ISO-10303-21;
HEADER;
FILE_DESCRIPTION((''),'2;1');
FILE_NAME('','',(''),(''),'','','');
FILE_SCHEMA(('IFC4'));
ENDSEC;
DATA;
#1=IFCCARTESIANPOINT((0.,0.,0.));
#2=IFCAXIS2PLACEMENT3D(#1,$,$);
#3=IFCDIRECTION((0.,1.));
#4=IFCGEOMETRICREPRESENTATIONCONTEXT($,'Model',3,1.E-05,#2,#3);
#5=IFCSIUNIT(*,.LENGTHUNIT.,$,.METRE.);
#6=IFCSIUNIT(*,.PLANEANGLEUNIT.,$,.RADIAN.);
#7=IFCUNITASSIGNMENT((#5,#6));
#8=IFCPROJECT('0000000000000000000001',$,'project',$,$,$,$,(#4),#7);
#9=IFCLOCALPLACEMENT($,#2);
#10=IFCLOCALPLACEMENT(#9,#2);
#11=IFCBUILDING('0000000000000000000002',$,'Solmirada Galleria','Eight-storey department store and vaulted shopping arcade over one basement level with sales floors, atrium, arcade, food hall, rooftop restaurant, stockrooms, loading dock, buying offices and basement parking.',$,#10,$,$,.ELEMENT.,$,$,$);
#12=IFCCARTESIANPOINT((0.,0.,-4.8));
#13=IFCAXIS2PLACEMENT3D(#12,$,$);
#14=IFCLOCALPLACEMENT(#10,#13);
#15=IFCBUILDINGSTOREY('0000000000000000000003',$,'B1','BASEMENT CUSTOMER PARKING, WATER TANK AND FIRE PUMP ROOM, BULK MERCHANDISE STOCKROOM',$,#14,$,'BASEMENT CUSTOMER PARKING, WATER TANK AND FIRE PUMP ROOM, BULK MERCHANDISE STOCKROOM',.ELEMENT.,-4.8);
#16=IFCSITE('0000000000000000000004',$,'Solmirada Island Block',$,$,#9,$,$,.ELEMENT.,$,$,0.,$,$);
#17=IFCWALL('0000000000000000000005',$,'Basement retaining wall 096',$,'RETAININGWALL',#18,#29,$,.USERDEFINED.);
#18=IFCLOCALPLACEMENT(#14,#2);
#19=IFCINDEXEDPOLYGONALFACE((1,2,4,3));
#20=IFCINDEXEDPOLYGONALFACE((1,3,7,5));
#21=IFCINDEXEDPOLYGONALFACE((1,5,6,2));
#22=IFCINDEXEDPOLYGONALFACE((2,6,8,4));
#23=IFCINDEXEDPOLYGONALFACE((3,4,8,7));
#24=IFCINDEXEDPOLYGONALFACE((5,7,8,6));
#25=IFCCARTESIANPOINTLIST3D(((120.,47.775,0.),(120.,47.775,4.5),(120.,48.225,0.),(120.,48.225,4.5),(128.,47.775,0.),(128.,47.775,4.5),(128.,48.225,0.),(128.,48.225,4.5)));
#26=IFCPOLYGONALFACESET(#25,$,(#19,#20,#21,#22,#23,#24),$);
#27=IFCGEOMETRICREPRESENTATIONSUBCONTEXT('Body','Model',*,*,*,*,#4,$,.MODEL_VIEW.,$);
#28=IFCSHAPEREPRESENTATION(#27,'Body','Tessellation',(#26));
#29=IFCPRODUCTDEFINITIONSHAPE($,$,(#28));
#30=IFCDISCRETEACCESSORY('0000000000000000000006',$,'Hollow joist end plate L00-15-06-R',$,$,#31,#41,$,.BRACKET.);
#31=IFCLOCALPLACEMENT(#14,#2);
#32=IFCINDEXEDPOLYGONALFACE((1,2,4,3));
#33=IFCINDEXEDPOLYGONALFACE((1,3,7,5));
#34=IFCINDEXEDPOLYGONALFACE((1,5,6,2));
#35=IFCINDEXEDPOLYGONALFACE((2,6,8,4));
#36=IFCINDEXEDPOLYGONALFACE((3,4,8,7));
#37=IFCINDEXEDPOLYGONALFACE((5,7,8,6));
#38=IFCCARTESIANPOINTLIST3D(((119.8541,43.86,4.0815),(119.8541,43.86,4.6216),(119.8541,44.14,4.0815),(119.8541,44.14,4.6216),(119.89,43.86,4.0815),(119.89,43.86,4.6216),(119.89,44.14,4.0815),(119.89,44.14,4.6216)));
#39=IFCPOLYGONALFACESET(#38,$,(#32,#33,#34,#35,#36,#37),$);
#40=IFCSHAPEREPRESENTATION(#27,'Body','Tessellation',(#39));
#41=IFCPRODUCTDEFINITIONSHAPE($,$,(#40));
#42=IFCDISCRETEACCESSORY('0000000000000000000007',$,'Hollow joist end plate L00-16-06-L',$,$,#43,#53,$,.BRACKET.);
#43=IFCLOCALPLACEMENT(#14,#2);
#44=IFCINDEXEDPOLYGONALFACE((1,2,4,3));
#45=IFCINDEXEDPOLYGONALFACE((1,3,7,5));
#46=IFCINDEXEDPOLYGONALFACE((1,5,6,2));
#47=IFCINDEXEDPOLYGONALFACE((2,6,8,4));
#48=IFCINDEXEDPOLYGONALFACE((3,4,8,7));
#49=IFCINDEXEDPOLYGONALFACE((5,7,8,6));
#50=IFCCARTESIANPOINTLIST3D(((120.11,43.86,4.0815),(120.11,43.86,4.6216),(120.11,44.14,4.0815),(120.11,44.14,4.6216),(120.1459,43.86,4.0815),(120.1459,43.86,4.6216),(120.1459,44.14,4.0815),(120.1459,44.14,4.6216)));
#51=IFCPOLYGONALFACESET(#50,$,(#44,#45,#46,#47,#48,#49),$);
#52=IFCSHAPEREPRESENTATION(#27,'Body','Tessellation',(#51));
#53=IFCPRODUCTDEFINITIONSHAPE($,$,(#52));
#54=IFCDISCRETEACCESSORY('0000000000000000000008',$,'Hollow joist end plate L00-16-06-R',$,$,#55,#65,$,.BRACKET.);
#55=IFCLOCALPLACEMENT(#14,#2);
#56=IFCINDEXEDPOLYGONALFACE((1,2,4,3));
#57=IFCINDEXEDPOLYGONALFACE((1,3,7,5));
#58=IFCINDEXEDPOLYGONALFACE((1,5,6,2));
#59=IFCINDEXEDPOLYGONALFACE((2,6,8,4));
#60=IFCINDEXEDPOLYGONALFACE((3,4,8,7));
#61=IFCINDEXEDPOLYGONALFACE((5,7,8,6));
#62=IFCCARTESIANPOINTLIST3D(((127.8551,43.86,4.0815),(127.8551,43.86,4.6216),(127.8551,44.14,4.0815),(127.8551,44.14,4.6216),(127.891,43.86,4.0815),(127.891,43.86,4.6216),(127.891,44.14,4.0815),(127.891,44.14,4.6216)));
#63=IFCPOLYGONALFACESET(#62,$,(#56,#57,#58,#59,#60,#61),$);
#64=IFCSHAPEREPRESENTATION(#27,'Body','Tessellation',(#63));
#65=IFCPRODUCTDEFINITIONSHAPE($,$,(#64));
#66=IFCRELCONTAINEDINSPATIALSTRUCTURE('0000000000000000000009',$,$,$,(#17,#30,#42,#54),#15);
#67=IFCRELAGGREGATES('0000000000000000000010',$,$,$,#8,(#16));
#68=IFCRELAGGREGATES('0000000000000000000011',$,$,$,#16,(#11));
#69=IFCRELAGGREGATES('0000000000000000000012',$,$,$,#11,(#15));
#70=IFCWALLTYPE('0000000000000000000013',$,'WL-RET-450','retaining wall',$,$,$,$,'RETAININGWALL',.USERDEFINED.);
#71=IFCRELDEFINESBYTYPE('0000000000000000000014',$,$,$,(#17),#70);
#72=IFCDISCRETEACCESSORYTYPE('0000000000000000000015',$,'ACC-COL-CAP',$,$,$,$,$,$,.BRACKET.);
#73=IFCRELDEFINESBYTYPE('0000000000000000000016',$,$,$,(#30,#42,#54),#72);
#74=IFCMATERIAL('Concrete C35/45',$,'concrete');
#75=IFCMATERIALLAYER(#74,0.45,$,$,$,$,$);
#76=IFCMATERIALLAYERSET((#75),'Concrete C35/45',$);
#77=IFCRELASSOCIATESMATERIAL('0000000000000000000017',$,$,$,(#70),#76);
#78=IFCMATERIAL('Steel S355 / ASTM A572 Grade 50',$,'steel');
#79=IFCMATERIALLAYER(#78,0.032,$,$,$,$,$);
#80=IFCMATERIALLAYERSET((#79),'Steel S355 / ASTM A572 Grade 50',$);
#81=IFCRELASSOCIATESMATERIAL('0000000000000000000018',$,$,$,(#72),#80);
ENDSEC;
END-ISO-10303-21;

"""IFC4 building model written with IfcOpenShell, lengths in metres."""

from ifc_helpers import new_model, si_unit, direction, frame, frame_2d, origin, origin_2d, place, context, subcontext, project, spatial, rectangle, extrude, material, layer, layer_set, type_object, element, save


model = new_model("IFC4")

# Units and contexts
model_context = context("Model", 3, precision=1e-05, world=origin(), true_north=direction((0.0, 1.0)))
body_context = subcontext(model_context, "Body", "Model", "MODEL_VIEW")
ifc_project = project(units=[si_unit("LENGTHUNIT", "METRE"), si_unit("PLANEANGLEUNIT", "RADIAN")], contexts=[model_context])

# Site, building, storey
site_placement = place(None, origin())
site = spatial("IfcSite", under=ifc_project, at=site_placement, Name="Solmirada Island Block", CompositionType="ELEMENT", RefElevation=0.0)
building_placement = place(site_placement, origin())
building = spatial("IfcBuilding", under=site, at=building_placement, Name="Solmirada Galleria", Description="Eight-storey department store and vaulted shopping arcade over one basement level with sales floors, atrium, arcade, food hall, rooftop restaurant, stockrooms, loading dock, buying offices and basement parking.", CompositionType="ELEMENT")
storey_placement = place(building_placement, frame((0.0, 0.0, -4.8)))
storey = spatial("IfcBuildingStorey", under=building, at=storey_placement, Name="B1", Description="BASEMENT CUSTOMER PARKING, WATER TANK AND FIRE PUMP ROOM, BULK MERCHANDISE STOCKROOM", LongName="BASEMENT CUSTOMER PARKING, WATER TANK AND FIRE PUMP ROOM, BULK MERCHANDISE STOCKROOM", CompositionType="ELEMENT", Elevation=-4.8)

# Shared definitions
ifc_material_1 = material(Name="Concrete C35/45", Category="concrete")

# Wall
ifc_layer_1 = layer(ifc_material_1, 0.45)
ifc_layer_set_1 = layer_set([ifc_layer_1], Name="Concrete C35/45")
wall_type = type_object("IfcWallType", Name="WL-RET-450", Description="retaining wall", ElementType="RETAININGWALL", PredefinedType="USERDEFINED", material=ifc_layer_set_1)
wall_placement = place(storey_placement, frame((120.0, 48.0, 0.0), z_axis=(0.0, 0.0, 1.0), x_axis=(1.0, 0.0, 0.0)))
element("IfcWall", 1, at=wall_placement, inside=storey, type_object=wall_type, Name="Basement retaining wall 096", ObjectType="RETAININGWALL", PredefinedType="USERDEFINED", context=body_context, shape_type="SweptSolid", body=[
    extrude(rectangle(XDim=8.0, YDim=0.45, at=frame_2d((4.0, 0.0))), origin(), (0.0, 0.0, 1.0), 4.5),
])

# Discrete accessories
ifc_material_2 = material(Name="Steel S355 / ASTM A572 Grade 50", Category="steel")
ifc_layer_2 = layer(ifc_material_2, 0.032)
ifc_layer_set_2 = layer_set([ifc_layer_2], Name="Steel S355 / ASTM A572 Grade 50")
discrete_accessory_type = type_object("IfcDiscreteAccessoryType", Name="ACC-COL-CAP", PredefinedType="BRACKET", material=ifc_layer_set_2)
for number, where, z_axis, x_axis, name in (
    (2, (119.8721, 44.0, 4.0815), (0.0, 0.0, 1.0), (1.0, 0.0, 0.0), "Hollow joist end plate L00-15-06-R"),
    (3, (120.1279, 44.0, 4.0815), (0.0, 0.0, 1.0), (1.0, 0.0, 0.0), "Hollow joist end plate L00-16-06-L"),
    (4, (127.873, 44.0, 4.0815), (0.0, 0.0, 1.0), (1.0, 0.0, 0.0), "Hollow joist end plate L00-16-06-R"),
):
    element("IfcDiscreteAccessory", number, at=place(storey_placement, frame(where, z_axis=z_axis, x_axis=x_axis)), inside=storey, type_object=discrete_accessory_type, Name=name, PredefinedType="BRACKET", context=body_context, shape_type="SweptSolid", body=[
        extrude(rectangle(XDim=0.0359, YDim=0.28, at=origin_2d()), origin(), (0.0, 0.0, 1.0), 0.54),
    ])

save(model, "model.ifc")
